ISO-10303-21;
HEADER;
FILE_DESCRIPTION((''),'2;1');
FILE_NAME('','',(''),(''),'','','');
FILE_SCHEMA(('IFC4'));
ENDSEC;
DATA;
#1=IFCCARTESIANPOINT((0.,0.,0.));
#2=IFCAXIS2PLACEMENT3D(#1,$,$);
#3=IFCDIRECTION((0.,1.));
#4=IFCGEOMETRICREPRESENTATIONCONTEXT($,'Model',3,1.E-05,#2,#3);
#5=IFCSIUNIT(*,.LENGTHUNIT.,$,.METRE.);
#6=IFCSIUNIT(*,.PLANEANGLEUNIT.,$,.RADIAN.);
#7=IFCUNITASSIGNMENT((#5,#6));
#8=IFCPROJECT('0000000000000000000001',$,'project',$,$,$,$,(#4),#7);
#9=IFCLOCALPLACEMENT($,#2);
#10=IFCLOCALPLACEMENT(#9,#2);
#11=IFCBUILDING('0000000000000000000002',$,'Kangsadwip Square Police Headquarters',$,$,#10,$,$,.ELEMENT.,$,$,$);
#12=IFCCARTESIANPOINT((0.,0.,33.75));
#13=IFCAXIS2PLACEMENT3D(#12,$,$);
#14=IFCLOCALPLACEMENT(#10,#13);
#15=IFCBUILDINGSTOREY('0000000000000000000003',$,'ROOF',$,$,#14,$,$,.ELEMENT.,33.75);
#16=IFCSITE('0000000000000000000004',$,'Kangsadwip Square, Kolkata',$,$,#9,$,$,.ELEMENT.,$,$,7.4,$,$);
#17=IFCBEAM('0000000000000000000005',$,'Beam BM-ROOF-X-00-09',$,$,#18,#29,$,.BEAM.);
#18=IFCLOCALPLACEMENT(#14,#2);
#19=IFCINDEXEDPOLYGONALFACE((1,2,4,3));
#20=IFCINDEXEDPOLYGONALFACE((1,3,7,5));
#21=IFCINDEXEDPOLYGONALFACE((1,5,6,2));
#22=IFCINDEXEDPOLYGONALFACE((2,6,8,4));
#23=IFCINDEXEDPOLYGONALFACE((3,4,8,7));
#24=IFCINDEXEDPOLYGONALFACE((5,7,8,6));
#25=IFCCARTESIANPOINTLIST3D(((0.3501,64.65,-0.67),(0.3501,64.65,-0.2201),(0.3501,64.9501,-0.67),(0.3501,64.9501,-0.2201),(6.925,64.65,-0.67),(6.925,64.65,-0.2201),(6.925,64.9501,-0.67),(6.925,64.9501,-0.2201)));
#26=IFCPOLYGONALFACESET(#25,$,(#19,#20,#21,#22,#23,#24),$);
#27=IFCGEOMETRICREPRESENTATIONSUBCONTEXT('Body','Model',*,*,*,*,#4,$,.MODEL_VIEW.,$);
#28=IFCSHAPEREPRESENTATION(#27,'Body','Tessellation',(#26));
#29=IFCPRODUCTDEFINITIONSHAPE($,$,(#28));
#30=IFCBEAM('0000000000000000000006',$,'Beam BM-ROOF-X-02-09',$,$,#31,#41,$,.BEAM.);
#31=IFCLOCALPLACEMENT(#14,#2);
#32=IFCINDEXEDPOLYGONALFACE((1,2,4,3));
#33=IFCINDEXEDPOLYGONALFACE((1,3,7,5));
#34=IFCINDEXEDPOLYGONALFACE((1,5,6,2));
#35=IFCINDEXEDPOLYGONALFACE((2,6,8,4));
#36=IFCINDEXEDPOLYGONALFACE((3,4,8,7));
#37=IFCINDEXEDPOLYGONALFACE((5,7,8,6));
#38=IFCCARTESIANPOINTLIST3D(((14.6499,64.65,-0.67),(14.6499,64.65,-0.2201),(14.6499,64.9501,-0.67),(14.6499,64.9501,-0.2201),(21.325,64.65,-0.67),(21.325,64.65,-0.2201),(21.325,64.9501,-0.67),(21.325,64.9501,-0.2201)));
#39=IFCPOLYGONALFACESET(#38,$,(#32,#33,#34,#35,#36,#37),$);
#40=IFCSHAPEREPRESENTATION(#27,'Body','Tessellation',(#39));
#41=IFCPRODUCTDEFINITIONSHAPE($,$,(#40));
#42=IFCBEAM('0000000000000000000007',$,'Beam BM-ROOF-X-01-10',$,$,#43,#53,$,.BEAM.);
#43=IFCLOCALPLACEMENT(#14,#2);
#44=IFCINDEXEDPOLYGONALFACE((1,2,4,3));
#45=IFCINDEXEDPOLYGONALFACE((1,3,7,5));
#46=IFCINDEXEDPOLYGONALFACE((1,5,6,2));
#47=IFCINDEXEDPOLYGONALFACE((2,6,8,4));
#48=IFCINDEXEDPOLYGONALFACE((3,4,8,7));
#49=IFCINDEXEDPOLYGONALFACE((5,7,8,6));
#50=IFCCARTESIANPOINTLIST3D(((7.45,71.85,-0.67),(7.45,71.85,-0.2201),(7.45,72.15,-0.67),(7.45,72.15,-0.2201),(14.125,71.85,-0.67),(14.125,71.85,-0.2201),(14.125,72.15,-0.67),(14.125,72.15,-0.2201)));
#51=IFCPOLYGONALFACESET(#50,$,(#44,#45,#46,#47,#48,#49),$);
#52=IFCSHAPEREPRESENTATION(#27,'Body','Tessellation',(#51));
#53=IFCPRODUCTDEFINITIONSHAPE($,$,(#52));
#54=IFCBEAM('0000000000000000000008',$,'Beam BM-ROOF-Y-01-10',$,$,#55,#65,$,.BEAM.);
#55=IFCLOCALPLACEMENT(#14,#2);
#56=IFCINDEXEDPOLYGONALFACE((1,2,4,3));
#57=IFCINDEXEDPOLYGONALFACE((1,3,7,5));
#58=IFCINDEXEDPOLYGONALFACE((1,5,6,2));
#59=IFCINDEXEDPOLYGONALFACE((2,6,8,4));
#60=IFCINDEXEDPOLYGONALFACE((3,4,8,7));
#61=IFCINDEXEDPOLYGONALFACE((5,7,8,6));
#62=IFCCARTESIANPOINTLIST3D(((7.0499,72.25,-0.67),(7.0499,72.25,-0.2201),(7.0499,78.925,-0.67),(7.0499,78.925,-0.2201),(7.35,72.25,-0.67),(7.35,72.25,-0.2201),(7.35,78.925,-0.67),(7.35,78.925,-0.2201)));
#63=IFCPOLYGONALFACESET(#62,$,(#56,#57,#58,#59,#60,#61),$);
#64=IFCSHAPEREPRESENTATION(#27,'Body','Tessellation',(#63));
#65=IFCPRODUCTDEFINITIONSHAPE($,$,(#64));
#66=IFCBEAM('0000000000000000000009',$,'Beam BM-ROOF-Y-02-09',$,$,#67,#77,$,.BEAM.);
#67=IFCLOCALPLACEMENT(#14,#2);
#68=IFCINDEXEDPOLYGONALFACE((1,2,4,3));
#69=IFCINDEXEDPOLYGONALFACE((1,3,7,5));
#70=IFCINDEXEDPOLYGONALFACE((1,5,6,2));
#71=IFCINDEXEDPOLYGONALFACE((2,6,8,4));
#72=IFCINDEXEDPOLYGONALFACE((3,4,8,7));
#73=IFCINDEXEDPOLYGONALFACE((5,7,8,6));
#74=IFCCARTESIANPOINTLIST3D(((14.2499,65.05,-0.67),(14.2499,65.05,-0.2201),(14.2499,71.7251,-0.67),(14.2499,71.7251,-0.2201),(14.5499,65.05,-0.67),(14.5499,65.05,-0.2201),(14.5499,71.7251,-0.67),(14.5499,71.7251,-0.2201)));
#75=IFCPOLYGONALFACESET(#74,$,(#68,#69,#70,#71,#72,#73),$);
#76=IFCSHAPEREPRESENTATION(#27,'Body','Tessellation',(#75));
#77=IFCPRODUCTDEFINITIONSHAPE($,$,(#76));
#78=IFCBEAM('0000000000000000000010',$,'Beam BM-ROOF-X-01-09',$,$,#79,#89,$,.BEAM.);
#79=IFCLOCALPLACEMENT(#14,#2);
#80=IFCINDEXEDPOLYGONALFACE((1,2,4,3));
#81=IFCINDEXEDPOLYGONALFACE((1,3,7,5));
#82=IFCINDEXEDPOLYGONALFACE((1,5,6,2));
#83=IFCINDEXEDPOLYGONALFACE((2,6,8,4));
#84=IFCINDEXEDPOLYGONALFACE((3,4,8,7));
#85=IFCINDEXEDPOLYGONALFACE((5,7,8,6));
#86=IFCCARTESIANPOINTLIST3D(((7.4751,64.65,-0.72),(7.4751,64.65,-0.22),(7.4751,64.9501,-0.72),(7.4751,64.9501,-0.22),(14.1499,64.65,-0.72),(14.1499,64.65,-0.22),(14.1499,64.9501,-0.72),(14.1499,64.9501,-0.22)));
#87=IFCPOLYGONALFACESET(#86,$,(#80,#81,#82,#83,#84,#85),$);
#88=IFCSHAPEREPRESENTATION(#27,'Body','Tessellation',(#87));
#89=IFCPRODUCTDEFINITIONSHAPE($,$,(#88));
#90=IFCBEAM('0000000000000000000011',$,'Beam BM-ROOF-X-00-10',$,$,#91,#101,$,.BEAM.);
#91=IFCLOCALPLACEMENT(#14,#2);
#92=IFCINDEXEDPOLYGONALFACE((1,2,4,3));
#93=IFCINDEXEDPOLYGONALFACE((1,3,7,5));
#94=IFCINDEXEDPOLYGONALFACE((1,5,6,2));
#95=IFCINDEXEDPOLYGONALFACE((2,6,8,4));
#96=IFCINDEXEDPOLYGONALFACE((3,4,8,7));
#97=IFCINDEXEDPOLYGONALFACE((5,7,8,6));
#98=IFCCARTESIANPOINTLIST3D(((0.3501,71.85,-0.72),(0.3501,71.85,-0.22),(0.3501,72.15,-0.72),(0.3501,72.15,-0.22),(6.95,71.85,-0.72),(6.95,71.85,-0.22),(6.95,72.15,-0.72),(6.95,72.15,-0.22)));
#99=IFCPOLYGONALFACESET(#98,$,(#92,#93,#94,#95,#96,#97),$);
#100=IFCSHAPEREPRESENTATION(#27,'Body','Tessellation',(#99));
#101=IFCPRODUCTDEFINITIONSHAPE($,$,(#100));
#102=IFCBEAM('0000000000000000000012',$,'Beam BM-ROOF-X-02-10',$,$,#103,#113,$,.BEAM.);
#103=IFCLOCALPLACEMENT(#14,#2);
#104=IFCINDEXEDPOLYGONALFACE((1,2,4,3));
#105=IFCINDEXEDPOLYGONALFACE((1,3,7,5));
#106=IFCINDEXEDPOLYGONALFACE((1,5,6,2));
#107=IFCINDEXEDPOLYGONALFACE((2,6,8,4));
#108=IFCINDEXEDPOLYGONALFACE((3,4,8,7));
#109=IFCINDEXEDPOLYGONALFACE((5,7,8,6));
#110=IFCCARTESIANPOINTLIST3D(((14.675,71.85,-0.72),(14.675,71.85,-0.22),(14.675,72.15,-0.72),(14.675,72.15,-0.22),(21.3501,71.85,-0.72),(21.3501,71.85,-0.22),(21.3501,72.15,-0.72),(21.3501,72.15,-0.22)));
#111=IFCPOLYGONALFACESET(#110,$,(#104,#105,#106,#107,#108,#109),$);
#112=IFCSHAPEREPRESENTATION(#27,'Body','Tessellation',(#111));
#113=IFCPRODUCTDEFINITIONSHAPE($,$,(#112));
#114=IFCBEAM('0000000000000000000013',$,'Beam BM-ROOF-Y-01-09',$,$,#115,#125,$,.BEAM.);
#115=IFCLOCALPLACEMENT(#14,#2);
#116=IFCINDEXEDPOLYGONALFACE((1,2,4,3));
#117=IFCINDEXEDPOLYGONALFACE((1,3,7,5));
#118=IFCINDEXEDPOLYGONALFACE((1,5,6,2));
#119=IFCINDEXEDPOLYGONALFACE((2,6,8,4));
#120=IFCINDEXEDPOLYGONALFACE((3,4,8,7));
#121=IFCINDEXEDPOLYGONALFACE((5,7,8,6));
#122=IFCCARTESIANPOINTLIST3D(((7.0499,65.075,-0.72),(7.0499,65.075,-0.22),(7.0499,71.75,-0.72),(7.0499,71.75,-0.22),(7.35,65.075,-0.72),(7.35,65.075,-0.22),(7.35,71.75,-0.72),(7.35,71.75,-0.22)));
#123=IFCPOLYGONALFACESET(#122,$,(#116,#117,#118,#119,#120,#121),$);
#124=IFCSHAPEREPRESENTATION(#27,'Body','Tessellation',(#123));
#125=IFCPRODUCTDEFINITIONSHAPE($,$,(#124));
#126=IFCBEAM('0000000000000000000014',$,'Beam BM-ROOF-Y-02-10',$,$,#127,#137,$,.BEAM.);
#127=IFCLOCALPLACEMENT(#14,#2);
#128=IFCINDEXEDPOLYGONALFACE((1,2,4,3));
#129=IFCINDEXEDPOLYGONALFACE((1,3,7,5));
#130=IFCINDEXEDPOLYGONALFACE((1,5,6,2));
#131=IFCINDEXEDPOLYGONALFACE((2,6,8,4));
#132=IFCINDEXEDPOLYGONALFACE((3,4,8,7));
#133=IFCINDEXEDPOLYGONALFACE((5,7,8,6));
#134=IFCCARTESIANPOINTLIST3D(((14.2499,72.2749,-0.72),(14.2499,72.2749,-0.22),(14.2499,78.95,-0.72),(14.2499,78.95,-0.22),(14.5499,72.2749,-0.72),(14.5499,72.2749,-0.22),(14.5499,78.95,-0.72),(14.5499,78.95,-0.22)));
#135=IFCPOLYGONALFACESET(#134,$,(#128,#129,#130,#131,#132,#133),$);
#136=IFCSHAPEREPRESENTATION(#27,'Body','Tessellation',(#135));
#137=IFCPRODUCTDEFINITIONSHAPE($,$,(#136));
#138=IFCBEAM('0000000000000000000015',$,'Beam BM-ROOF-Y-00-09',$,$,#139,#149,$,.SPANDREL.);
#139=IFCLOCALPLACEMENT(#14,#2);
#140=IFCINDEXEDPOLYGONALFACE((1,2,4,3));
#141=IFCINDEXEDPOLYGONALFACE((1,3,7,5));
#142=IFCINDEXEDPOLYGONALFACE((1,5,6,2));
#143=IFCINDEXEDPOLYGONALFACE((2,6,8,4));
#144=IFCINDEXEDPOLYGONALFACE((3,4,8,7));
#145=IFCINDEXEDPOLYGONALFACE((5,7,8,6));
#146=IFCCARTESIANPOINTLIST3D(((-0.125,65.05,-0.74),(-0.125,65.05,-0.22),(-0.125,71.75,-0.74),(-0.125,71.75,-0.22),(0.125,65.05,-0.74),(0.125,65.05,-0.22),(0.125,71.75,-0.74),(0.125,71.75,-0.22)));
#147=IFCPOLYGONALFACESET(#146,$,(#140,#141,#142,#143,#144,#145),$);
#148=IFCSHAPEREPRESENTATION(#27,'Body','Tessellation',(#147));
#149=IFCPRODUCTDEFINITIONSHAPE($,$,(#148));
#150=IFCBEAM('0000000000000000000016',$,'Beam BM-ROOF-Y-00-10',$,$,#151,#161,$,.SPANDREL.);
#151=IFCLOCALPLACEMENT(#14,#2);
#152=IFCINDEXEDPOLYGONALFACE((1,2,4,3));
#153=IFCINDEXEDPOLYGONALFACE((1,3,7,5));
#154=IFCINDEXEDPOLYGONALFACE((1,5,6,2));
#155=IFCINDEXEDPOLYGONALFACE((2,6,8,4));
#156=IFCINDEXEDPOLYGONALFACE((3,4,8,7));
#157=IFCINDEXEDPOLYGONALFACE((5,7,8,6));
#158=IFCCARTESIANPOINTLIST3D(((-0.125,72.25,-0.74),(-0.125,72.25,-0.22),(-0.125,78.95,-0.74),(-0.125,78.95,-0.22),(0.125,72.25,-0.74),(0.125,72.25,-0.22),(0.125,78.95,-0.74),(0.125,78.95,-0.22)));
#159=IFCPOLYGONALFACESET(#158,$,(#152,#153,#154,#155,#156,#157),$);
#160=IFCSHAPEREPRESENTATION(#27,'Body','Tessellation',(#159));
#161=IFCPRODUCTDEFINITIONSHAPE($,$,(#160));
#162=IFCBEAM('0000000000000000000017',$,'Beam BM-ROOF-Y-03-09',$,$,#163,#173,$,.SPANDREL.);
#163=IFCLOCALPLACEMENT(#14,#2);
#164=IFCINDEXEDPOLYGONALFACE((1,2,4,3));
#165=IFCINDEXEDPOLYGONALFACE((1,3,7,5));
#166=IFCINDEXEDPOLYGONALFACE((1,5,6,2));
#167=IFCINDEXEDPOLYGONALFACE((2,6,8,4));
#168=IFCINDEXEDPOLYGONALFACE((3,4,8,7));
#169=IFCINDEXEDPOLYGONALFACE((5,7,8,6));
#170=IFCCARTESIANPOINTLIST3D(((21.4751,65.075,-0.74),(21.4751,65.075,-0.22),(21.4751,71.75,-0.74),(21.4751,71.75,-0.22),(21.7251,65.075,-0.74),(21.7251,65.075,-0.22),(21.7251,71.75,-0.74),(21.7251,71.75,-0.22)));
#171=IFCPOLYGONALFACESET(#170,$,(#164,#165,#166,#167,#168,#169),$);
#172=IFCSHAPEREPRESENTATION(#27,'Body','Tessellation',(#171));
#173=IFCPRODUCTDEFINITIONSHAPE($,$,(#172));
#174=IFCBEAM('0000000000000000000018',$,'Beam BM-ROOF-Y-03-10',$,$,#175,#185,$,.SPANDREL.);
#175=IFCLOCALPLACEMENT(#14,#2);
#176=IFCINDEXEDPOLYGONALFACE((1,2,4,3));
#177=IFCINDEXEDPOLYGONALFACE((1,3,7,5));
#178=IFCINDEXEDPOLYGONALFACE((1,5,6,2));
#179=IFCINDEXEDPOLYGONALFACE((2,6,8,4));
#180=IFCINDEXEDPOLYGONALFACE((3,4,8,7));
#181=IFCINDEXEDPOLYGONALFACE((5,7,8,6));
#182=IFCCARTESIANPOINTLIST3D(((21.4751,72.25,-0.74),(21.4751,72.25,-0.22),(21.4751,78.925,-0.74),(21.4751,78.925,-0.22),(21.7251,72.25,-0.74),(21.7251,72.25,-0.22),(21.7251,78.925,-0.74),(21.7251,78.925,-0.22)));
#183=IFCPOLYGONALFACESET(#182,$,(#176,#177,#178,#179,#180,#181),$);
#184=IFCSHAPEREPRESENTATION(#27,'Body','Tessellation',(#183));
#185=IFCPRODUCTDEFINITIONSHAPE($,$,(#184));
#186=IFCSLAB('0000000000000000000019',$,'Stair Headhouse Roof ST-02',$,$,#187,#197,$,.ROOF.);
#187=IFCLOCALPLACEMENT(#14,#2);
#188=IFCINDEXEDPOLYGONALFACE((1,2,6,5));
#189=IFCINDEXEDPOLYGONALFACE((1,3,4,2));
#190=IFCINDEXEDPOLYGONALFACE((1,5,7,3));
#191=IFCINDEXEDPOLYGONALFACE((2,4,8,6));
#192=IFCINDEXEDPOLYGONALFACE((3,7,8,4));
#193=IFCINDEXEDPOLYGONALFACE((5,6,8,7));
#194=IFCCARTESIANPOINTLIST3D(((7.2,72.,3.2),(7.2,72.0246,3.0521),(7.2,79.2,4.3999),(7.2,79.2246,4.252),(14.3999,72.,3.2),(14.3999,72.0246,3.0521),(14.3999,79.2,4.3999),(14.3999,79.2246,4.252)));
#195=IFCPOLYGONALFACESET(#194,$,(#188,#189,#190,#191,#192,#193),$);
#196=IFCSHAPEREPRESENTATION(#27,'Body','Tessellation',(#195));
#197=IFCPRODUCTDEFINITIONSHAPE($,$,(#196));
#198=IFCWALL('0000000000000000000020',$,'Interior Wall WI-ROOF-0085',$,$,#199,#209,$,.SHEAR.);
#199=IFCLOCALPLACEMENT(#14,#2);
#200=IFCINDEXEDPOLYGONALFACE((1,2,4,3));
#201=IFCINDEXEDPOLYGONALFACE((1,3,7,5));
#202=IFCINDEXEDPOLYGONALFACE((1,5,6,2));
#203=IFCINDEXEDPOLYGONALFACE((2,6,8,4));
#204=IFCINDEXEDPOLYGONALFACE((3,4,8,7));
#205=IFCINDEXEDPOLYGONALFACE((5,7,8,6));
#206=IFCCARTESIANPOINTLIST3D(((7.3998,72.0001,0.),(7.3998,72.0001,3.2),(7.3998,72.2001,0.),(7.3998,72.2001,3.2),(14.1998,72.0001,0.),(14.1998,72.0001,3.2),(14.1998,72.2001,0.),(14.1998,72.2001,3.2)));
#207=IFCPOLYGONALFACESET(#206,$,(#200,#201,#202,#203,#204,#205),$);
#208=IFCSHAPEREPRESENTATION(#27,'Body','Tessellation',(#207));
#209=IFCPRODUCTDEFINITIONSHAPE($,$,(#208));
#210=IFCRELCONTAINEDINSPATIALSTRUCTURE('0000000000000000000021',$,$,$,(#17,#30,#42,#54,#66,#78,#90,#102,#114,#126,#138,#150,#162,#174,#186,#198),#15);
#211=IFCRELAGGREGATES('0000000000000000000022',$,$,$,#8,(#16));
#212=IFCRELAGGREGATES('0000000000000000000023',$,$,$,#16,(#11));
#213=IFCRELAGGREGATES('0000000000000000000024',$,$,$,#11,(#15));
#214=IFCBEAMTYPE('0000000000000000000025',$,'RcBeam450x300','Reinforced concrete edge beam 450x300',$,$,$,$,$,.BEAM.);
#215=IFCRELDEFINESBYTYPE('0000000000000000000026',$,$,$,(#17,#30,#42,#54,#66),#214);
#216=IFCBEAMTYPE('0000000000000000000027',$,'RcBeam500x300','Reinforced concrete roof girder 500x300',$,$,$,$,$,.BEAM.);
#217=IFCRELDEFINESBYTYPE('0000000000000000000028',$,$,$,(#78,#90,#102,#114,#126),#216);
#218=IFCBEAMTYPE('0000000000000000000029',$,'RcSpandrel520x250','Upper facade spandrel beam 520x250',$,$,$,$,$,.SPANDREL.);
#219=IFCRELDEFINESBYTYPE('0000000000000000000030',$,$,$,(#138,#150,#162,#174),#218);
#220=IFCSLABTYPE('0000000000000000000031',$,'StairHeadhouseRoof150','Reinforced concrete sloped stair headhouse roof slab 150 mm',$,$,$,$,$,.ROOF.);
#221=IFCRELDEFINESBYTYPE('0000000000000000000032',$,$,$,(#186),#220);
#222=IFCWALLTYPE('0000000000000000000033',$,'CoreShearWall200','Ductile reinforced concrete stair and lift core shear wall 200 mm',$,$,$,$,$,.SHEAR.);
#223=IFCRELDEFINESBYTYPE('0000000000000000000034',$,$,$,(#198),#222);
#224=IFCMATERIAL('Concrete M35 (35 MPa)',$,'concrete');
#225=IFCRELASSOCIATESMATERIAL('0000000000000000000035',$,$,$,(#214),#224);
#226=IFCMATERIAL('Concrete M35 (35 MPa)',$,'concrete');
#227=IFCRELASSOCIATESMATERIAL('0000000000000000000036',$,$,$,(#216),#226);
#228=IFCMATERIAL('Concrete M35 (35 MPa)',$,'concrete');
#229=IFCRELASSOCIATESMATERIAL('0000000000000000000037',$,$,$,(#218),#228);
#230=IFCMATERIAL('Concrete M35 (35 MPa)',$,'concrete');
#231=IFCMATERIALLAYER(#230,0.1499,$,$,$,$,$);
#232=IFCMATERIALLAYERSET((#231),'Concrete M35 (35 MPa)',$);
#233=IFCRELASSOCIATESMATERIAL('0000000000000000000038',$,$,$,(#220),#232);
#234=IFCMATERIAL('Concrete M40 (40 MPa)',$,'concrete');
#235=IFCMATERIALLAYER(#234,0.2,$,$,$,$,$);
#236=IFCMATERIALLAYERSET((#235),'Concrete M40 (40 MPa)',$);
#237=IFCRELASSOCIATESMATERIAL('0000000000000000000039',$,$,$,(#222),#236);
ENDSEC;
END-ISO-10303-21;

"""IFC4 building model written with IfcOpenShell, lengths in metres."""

from ifc_helpers import new_model, si_unit, direction, frame, frame_2d, origin, origin_2d, place, context, subcontext, project, spatial, polyline, rectangle, outline, extrude, material, layer, layer_set, material_profile, profile_set, type_object, element, save


model = new_model("IFC4")

# Units and contexts
model_context = context("Model", 3, precision=1e-05, world=origin(), true_north=direction((0.0, 1.0)))
body_context = subcontext(model_context, "Body", "Model", "MODEL_VIEW")
ifc_project = project(units=[si_unit("LENGTHUNIT", "METRE"), si_unit("PLANEANGLEUNIT", "RADIAN")], contexts=[model_context])

# Site, building, storey
site_placement = place(None, origin())
site = spatial("IfcSite", under=ifc_project, at=site_placement, Name="Kangsadwip Square, Kolkata", CompositionType="ELEMENT", RefElevation=7.4)
building_placement = place(site_placement, origin())
building = spatial("IfcBuilding", under=site, at=building_placement, Name="Kangsadwip Square Police Headquarters", CompositionType="ELEMENT")
storey_placement = place(building_placement, frame((0.0, 0.0, 33.75)))
storey = spatial("IfcBuildingStorey", under=building, at=storey_placement, Name="ROOF", CompositionType="ELEMENT", Elevation=33.75)

# Beams
ifc_material_1 = material(Name="Concrete M35 (35 MPa)", Category="concrete")
ifc_material_profile_1 = material_profile(ifc_material_1, rectangle(XDim=0.3, YDim=0.45, at=origin_2d()), Name="RC BM 450X300")
ifc_profile_set_1 = profile_set([ifc_material_profile_1], Name="Concrete M35 (35 MPa)")
beam_type_1 = type_object("IfcBeamType", Name="RcBeam450x300", Description="Reinforced concrete edge beam 450x300", PredefinedType="BEAM", material=ifc_profile_set_1)
beam_1_placement = place(storey_placement, frame((0.3501, 64.8, -0.4451), z_axis=(1.0, 0.0, 0.0), x_axis=(0.0, 1.0, 0.0)))
element("IfcBeam", 1, at=beam_1_placement, inside=storey, type_object=beam_type_1, Name="Beam BM-ROOF-X-00-09", PredefinedType="BEAM", context=body_context, shape_type="SweptSolid", body=[
    extrude(rectangle(XDim=0.3, YDim=0.45, at=origin_2d()), origin(), (0.0, 0.0, 1.0), 6.575),
])
for number, where, z_axis, x_axis, name in (
    (2, (14.6499, 64.8, -0.4451), (1.0, 0.0, 0.0), (0.0, 1.0, 0.0), "Beam BM-ROOF-X-02-09"),
    (3, (7.45, 72.0, -0.4451), (1.0, 0.0, 0.0), (0.0, 1.0, 0.0), "Beam BM-ROOF-X-01-10"),
    (4, (7.2, 72.25, -0.4451), (0.0, 1.0, 0.0), (-1.0, 0.0, 0.0), "Beam BM-ROOF-Y-01-10"),
    (5, (14.3999, 65.05, -0.4451), (0.0, 1.0, 0.0), (-1.0, 0.0, 0.0), "Beam BM-ROOF-Y-02-09"),
):
    element("IfcBeam", number, at=place(storey_placement, frame(where, z_axis=z_axis, x_axis=x_axis)), inside=storey, type_object=beam_type_1, Name=name, PredefinedType="BEAM", context=body_context, shape_type="SweptSolid", body=[
        extrude(rectangle(XDim=0.3, YDim=0.45, at=origin_2d()), origin(), (0.0, 0.0, 1.0), 6.675),
    ])
ifc_material_2 = material(Name="Concrete M35 (35 MPa)", Category="concrete")
ifc_material_profile_2 = material_profile(ifc_material_2, rectangle(XDim=0.3, YDim=0.5, at=origin_2d()), Name="RC BM 500X300")
ifc_profile_set_2 = profile_set([ifc_material_profile_2], Name="Concrete M35 (35 MPa)")
beam_type_2 = type_object("IfcBeamType", Name="RcBeam500x300", Description="Reinforced concrete roof girder 500x300", PredefinedType="BEAM", material=ifc_profile_set_2)
beam_2_placement = place(storey_placement, frame((7.4751, 64.8, -0.47), z_axis=(1.0, 0.0, 0.0), x_axis=(0.0, 1.0, 0.0)))
element("IfcBeam", 6, at=beam_2_placement, inside=storey, type_object=beam_type_2, Name="Beam BM-ROOF-X-01-09", PredefinedType="BEAM", context=body_context, shape_type="SweptSolid", body=[
    extrude(rectangle(XDim=0.3, YDim=0.5, at=origin_2d()), origin(), (0.0, 0.0, 1.0), 6.6748),
])
beam_3_placement = place(storey_placement, frame((0.3501, 72.0, -0.47), z_axis=(1.0, 0.0, 0.0), x_axis=(0.0, 1.0, 0.0)))
element("IfcBeam", 7, at=beam_3_placement, inside=storey, type_object=beam_type_2, Name="Beam BM-ROOF-X-00-10", PredefinedType="BEAM", context=body_context, shape_type="SweptSolid", body=[
    extrude(rectangle(XDim=0.3, YDim=0.5, at=origin_2d()), origin(), (0.0, 0.0, 1.0), 6.5999),
])
for number, where, z_axis, x_axis, name in (
    (8, (14.675, 72.0, -0.47), (1.0, 0.0, 0.0), (0.0, 1.0, 0.0), "Beam BM-ROOF-X-02-10"),
    (9, (7.2, 65.075, -0.47), (0.0, 1.0, 0.0), (-1.0, 0.0, 0.0), "Beam BM-ROOF-Y-01-09"),
    (10, (14.3999, 72.2749, -0.47), (0.0, 1.0, 0.0), (-1.0, 0.0, 0.0), "Beam BM-ROOF-Y-02-10"),
):
    element("IfcBeam", number, at=place(storey_placement, frame(where, z_axis=z_axis, x_axis=x_axis)), inside=storey, type_object=beam_type_2, Name=name, PredefinedType="BEAM", context=body_context, shape_type="SweptSolid", body=[
        extrude(rectangle(XDim=0.3, YDim=0.5, at=origin_2d()), origin(), (0.0, 0.0, 1.0), 6.675),
    ])
ifc_material_3 = material(Name="Concrete M35 (35 MPa)", Category="concrete")
ifc_material_profile_3 = material_profile(ifc_material_3, rectangle(XDim=0.25, YDim=0.52, at=origin_2d()), Name="RC SPN 520X250")
ifc_profile_set_3 = profile_set([ifc_material_profile_3], Name="Concrete M35 (35 MPa)")
beam_type_3 = type_object("IfcBeamType", Name="RcSpandrel520x250", Description="Upper facade spandrel beam 520x250", PredefinedType="SPANDREL", material=ifc_profile_set_3)
for number, where, z_axis, x_axis, name in (
    (11, (0.0, 65.05, -0.48), (0.0, 1.0, 0.0), (-1.0, 0.0, 0.0), "Beam BM-ROOF-Y-00-09"),
    (12, (0.0, 72.25, -0.48), (0.0, 1.0, 0.0), (-1.0, 0.0, 0.0), "Beam BM-ROOF-Y-00-10"),
):
    element("IfcBeam", number, at=place(storey_placement, frame(where, z_axis=z_axis, x_axis=x_axis)), inside=storey, type_object=beam_type_3, Name=name, PredefinedType="SPANDREL", context=body_context, shape_type="SweptSolid", body=[
        extrude(rectangle(XDim=0.25, YDim=0.52, at=origin_2d()), origin(), (0.0, 0.0, 1.0), 6.7),
    ])
for number, where, z_axis, x_axis, name in (
    (13, (21.6001, 65.075, -0.48), (0.0, 1.0, 0.0), (-1.0, 0.0, 0.0), "Beam BM-ROOF-Y-03-09"),
    (14, (21.6001, 72.25, -0.48), (0.0, 1.0, 0.0), (-1.0, 0.0, 0.0), "Beam BM-ROOF-Y-03-10"),
):
    element("IfcBeam", number, at=place(storey_placement, frame(where, z_axis=z_axis, x_axis=x_axis)), inside=storey, type_object=beam_type_3, Name=name, PredefinedType="SPANDREL", context=body_context, shape_type="SweptSolid", body=[
        extrude(rectangle(XDim=0.25, YDim=0.52, at=origin_2d()), origin(), (0.0, 0.0, 1.0), 6.675),
    ])

# Slab
ifc_material_4 = material(Name="Concrete M35 (35 MPa)", Category="concrete")
ifc_layer_1 = layer(ifc_material_4, 0.1499)
ifc_layer_set_1 = layer_set([ifc_layer_1], Name="Concrete M35 (35 MPa)")
slab_type = type_object("IfcSlabType", Name="StairHeadhouseRoof150", Description="Reinforced concrete sloped stair headhouse roof slab 150 mm", PredefinedType="ROOF", material=ifc_layer_set_1)
slab_placement = place(storey_placement, frame((7.2, 72.0, 3.2), z_axis=(0.0, -0.164394, 0.986395), x_axis=(1.0, 0.0, 0.0)))
element("IfcSlab", 15, at=slab_placement, inside=storey, type_object=slab_type, Name="Stair Headhouse Roof ST-02", PredefinedType="ROOF", context=body_context, shape_type="SweptSolid", body=[
    extrude(outline(polyline([(0.0, 0.0), (7.2, 0.0), (7.2, 7.2993), (0.0, 7.2993), (0.0, 0.0)])), origin(), (0.0, 0.0, -1.0), 0.1499),
])

# Wall
ifc_material_5 = material(Name="Concrete M40 (40 MPa)", Category="concrete")
ifc_layer_2 = layer(ifc_material_5, 0.2)
ifc_layer_set_2 = layer_set([ifc_layer_2], Name="Concrete M40 (40 MPa)")
wall_type_1 = type_object("IfcWallType", Name="CoreShearWall200", Description="Ductile reinforced concrete stair and lift core shear wall 200 mm", PredefinedType="SHEAR", material=ifc_layer_set_2)
for number, where, z_axis, x_axis, name in (
    (16, (7.3999, 72.1001, 0.0), (0.0, 0.0, 1.0), (1.0, 0.0, 0.0), "Interior Wall WI-ROOF-0085"),
):
    element("IfcWall", number, at=place(storey_placement, frame(where, z_axis=z_axis, x_axis=x_axis)), inside=storey, type_object=wall_type_1, Name=name, PredefinedType="SHEAR", context=body_context, shape_type="SweptSolid", body=[
        extrude(rectangle(XDim=6.8, YDim=0.2, at=frame_2d((3.3999, 0.0))), origin(), (0.0, 0.0, 1.0), 3.2),
    ])

save(model, "model.ifc")
